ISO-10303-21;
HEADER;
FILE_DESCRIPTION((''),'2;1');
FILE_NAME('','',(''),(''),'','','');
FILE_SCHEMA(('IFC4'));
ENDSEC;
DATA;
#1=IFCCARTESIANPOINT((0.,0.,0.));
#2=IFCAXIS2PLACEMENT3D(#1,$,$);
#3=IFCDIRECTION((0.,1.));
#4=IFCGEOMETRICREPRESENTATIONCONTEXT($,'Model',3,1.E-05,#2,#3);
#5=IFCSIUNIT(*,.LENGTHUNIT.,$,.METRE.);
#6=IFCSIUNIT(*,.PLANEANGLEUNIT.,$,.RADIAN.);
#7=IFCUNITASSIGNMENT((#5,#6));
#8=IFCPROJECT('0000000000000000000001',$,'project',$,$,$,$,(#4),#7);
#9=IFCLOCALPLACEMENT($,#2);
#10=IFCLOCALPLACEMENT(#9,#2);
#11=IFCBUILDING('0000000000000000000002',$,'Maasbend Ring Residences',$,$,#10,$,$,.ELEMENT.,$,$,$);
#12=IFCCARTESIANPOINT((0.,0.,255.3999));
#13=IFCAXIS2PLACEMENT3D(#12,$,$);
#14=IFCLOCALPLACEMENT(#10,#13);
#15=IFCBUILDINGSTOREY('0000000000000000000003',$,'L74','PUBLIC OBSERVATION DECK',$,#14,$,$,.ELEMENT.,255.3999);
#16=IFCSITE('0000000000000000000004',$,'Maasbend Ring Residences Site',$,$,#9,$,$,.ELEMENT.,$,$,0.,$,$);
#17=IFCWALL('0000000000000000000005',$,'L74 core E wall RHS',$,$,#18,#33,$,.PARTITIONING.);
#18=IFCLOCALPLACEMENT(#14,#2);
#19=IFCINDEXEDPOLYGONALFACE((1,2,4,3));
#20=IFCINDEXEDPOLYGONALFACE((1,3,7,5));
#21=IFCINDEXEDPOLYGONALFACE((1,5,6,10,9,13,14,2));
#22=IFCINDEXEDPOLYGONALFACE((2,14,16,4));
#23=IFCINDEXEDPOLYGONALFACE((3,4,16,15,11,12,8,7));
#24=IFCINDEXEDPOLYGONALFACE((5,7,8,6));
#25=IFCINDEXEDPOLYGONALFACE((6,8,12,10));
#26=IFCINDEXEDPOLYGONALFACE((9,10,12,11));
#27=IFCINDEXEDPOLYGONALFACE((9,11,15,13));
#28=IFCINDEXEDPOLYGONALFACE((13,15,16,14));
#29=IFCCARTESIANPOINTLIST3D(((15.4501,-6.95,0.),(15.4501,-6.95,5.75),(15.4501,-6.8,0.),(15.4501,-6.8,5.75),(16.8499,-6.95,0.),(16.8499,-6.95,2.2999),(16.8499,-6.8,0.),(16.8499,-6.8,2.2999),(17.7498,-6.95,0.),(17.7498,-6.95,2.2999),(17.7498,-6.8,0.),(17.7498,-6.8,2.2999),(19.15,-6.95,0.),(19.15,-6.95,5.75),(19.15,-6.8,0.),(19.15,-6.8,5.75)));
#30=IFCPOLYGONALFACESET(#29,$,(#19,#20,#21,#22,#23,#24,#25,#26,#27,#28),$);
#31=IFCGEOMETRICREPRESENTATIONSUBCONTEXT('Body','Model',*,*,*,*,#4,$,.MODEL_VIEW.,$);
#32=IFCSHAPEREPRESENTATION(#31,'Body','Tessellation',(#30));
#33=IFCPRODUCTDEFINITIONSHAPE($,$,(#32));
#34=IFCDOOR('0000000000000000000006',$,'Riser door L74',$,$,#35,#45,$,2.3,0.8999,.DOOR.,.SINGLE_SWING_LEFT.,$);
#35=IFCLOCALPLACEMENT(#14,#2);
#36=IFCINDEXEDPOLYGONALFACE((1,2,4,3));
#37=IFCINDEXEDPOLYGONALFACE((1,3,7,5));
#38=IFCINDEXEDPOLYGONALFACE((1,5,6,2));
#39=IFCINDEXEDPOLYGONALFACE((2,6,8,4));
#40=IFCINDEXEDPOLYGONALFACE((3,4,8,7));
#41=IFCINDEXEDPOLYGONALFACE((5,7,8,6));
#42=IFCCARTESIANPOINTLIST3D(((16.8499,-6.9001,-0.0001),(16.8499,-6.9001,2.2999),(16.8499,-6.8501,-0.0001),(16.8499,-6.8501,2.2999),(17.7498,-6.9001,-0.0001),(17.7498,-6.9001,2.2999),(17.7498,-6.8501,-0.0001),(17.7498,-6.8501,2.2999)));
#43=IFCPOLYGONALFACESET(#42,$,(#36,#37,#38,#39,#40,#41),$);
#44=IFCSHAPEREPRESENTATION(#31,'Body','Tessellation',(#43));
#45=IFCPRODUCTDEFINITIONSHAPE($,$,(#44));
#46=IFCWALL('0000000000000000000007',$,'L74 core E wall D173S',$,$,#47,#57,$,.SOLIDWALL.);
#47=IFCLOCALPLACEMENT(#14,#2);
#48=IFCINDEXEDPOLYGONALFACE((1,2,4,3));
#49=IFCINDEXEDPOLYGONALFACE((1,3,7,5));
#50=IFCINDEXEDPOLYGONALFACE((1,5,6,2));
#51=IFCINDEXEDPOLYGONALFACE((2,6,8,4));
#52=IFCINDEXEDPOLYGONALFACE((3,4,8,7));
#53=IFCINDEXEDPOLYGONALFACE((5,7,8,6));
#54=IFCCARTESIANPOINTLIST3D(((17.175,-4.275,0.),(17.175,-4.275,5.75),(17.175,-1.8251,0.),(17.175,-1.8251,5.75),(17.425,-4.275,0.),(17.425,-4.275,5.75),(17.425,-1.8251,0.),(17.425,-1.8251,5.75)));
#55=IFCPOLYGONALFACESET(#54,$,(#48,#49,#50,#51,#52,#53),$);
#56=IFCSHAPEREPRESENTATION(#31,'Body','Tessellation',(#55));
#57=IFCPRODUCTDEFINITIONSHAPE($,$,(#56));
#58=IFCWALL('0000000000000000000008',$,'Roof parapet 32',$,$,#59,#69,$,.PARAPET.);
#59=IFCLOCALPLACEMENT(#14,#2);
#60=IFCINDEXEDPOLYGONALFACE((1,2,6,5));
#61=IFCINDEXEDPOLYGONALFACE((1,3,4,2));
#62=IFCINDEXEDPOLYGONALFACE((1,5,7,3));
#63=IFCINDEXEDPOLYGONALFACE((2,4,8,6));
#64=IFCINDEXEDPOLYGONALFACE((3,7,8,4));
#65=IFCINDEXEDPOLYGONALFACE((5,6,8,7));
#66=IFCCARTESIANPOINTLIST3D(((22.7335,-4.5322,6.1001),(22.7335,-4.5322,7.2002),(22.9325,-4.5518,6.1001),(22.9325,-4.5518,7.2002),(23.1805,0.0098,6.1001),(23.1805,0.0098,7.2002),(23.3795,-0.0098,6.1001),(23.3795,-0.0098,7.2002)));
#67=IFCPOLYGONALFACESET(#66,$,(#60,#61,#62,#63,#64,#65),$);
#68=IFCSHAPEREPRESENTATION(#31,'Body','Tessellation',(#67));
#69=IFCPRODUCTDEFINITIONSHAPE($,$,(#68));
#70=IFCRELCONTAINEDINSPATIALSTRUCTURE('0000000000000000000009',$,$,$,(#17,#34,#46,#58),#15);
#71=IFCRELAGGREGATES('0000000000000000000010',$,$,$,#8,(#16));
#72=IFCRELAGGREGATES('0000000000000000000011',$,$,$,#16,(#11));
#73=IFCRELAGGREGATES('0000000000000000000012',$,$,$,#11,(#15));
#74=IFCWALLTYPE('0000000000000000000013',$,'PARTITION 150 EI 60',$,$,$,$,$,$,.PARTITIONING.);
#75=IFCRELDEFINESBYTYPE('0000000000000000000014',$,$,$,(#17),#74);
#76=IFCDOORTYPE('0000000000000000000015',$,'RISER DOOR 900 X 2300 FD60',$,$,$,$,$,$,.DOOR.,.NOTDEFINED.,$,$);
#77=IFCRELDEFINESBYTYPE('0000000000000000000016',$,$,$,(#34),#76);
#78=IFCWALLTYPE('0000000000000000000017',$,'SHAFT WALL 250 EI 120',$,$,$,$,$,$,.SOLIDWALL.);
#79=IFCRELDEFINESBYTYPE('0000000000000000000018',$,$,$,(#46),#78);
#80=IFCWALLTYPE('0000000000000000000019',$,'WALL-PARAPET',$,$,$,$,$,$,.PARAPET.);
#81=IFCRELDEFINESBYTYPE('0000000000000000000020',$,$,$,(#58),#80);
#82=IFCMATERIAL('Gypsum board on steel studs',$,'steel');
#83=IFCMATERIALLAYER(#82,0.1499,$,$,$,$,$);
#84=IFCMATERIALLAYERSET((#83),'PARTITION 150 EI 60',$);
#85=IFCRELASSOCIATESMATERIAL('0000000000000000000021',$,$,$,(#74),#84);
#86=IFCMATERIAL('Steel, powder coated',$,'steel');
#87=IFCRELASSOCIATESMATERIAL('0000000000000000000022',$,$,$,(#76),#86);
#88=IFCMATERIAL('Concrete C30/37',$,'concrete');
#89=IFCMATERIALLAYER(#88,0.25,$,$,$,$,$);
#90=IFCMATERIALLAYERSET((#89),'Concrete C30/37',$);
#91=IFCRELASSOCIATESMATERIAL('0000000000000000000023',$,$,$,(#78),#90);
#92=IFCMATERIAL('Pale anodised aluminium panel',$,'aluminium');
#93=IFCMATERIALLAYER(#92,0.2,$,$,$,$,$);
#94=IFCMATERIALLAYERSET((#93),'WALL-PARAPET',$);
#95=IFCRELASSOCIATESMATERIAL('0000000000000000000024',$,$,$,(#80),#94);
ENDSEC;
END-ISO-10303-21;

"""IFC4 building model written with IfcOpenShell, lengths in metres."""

from ifc_helpers import new_model, si_unit, direction, frame, frame_2d, origin, place, context, subcontext, project, spatial, rectangle, extrude, material, layer, layer_set, type_object, element, fill, save


model = new_model("IFC4")

# Units and contexts
model_context = context("Model", 3, precision=1e-05, world=origin(), true_north=direction((0.0, 1.0)))
body_context = subcontext(model_context, "Body", "Model", "MODEL_VIEW")
ifc_project = project(units=[si_unit("LENGTHUNIT", "METRE"), si_unit("PLANEANGLEUNIT", "RADIAN")], contexts=[model_context])

# Site, building, storey
site_placement = place(None, origin())
site = spatial("IfcSite", under=ifc_project, at=site_placement, Name="Maasbend Ring Residences Site", CompositionType="ELEMENT", RefElevation=0.0)
building_placement = place(site_placement, origin())
building = spatial("IfcBuilding", under=site, at=building_placement, Name="Maasbend Ring Residences", CompositionType="ELEMENT")
storey_placement = place(building_placement, frame((0.0, 0.0, 255.3999)))
storey = spatial("IfcBuildingStorey", under=building, at=storey_placement, Name="L74", Description="PUBLIC OBSERVATION DECK", CompositionType="ELEMENT", Elevation=255.3999)

# Wall, opening, door
ifc_material_1 = material(Name="Gypsum board on steel studs", Category="steel")
ifc_layer_1 = layer(ifc_material_1, 0.1499)
ifc_layer_set_1 = layer_set([ifc_layer_1], Name="PARTITION 150 EI 60")
wall_type_1 = type_object("IfcWallType", Name="PARTITION 150 EI 60", PredefinedType="PARTITIONING", material=ifc_layer_set_1)
wall_1_placement = place(storey_placement, frame((15.45, -6.875, 0.0), z_axis=(0.0, 0.0, 1.0), x_axis=(1.0, 0.0, 0.0)))
wall_1 = element("IfcWall", 1, at=wall_1_placement, inside=storey, type_object=wall_type_1, Name="L74 core E wall RHS", PredefinedType="PARTITIONING", context=body_context, shape_type="SweptSolid", body=[
    extrude(rectangle(XDim=3.7, YDim=0.1499, at=frame_2d((1.8501, 0.0))), origin(), (0.0, 0.0, 1.0), 5.75),
])
opening_1_placement = place(wall_1_placement, frame((1.3999, 0.0, 0.0)))
opening_1 = element("IfcOpeningElement", 2, at=opening_1_placement, cuts=wall_1, PredefinedType="OPENING", context=body_context, shape_type="SweptSolid", body=[
    extrude(rectangle(XDim=0.8999, YDim=2.3, at=frame_2d((0.45, 1.1499))), frame((0.0, 0.085, 0.0), z_axis=(0.0, -1.0, 0.0), x_axis=(1.0, 0.0, 0.0)), (0.0, 0.0, 1.0), 0.1699),
])
ifc_material_2 = material(Name="Steel, powder coated", Category="steel")
door_type_1 = type_object("IfcDoorType", Name="RISER DOOR 900 X 2300 FD60", OperationType="NOTDEFINED", PredefinedType="DOOR", material=ifc_material_2)
door_1_placement = place(opening_1_placement, origin())
door_1 = element("IfcDoor", 3, at=door_1_placement, inside=storey, type_object=door_type_1, Name="Riser door L74", OperationType="SINGLE_SWING_LEFT", OverallHeight=2.3, OverallWidth=0.8999, PredefinedType="DOOR", context=body_context, shape_type="SweptSolid", body=[
    extrude(rectangle(XDim=0.8999, YDim=2.3, at=frame_2d((0.45, 1.1499))), frame((0.0, 0.0249, 0.0), z_axis=(0.0, -1.0, 0.0), x_axis=(1.0, 0.0, 0.0)), (0.0, 0.0, 1.0), 0.05),
])
fill(opening_1, door_1)

# Walls
ifc_material_3 = material(Name="Concrete C30/37", Category="concrete")
ifc_layer_2 = layer(ifc_material_3, 0.25)
ifc_layer_set_2 = layer_set([ifc_layer_2], Name="Concrete C30/37")
wall_type_2 = type_object("IfcWallType", Name="SHAFT WALL 250 EI 120", PredefinedType="SOLIDWALL", material=ifc_layer_set_2)
wall_2_placement = place(storey_placement, frame((17.3, -1.825, 0.0), z_axis=(0.0, 0.0, 1.0), x_axis=(0.0, -1.0, 0.0)))
element("IfcWall", 4, at=wall_2_placement, inside=storey, type_object=wall_type_2, Name="L74 core E wall D173S", PredefinedType="SOLIDWALL", context=body_context, shape_type="SweptSolid", body=[
    extrude(rectangle(XDim=2.45, YDim=0.25, at=frame_2d((1.2251, 0.0))), origin(), (0.0, 0.0, 1.0), 5.75),
])
ifc_material_4 = material(Name="Pale anodised aluminium panel", Category="aluminium")
ifc_layer_3 = layer(ifc_material_4, 0.2)
ifc_layer_set_3 = layer_set([ifc_layer_3], Name="WALL-PARAPET")
wall_type_3 = type_object("IfcWallType", Name="WALL-PARAPET", PredefinedType="PARAPET", material=ifc_layer_set_3)
wall_3_placement = place(storey_placement, frame((22.833, -4.542, 6.1001), z_axis=(0.0, 0.0, 1.0), x_axis=(0.097946, 0.995192, 0.0)))
element("IfcWall", 5, at=wall_3_placement, inside=storey, type_object=wall_type_3, Name="Roof parapet 32", PredefinedType="PARAPET", context=body_context, shape_type="SweptSolid", body=[
    extrude(rectangle(XDim=4.564, YDim=0.2, at=frame_2d((2.282, 0.0))), origin(), (0.0, 0.0, 1.0), 1.1001),
])

save(model, "model.ifc")
